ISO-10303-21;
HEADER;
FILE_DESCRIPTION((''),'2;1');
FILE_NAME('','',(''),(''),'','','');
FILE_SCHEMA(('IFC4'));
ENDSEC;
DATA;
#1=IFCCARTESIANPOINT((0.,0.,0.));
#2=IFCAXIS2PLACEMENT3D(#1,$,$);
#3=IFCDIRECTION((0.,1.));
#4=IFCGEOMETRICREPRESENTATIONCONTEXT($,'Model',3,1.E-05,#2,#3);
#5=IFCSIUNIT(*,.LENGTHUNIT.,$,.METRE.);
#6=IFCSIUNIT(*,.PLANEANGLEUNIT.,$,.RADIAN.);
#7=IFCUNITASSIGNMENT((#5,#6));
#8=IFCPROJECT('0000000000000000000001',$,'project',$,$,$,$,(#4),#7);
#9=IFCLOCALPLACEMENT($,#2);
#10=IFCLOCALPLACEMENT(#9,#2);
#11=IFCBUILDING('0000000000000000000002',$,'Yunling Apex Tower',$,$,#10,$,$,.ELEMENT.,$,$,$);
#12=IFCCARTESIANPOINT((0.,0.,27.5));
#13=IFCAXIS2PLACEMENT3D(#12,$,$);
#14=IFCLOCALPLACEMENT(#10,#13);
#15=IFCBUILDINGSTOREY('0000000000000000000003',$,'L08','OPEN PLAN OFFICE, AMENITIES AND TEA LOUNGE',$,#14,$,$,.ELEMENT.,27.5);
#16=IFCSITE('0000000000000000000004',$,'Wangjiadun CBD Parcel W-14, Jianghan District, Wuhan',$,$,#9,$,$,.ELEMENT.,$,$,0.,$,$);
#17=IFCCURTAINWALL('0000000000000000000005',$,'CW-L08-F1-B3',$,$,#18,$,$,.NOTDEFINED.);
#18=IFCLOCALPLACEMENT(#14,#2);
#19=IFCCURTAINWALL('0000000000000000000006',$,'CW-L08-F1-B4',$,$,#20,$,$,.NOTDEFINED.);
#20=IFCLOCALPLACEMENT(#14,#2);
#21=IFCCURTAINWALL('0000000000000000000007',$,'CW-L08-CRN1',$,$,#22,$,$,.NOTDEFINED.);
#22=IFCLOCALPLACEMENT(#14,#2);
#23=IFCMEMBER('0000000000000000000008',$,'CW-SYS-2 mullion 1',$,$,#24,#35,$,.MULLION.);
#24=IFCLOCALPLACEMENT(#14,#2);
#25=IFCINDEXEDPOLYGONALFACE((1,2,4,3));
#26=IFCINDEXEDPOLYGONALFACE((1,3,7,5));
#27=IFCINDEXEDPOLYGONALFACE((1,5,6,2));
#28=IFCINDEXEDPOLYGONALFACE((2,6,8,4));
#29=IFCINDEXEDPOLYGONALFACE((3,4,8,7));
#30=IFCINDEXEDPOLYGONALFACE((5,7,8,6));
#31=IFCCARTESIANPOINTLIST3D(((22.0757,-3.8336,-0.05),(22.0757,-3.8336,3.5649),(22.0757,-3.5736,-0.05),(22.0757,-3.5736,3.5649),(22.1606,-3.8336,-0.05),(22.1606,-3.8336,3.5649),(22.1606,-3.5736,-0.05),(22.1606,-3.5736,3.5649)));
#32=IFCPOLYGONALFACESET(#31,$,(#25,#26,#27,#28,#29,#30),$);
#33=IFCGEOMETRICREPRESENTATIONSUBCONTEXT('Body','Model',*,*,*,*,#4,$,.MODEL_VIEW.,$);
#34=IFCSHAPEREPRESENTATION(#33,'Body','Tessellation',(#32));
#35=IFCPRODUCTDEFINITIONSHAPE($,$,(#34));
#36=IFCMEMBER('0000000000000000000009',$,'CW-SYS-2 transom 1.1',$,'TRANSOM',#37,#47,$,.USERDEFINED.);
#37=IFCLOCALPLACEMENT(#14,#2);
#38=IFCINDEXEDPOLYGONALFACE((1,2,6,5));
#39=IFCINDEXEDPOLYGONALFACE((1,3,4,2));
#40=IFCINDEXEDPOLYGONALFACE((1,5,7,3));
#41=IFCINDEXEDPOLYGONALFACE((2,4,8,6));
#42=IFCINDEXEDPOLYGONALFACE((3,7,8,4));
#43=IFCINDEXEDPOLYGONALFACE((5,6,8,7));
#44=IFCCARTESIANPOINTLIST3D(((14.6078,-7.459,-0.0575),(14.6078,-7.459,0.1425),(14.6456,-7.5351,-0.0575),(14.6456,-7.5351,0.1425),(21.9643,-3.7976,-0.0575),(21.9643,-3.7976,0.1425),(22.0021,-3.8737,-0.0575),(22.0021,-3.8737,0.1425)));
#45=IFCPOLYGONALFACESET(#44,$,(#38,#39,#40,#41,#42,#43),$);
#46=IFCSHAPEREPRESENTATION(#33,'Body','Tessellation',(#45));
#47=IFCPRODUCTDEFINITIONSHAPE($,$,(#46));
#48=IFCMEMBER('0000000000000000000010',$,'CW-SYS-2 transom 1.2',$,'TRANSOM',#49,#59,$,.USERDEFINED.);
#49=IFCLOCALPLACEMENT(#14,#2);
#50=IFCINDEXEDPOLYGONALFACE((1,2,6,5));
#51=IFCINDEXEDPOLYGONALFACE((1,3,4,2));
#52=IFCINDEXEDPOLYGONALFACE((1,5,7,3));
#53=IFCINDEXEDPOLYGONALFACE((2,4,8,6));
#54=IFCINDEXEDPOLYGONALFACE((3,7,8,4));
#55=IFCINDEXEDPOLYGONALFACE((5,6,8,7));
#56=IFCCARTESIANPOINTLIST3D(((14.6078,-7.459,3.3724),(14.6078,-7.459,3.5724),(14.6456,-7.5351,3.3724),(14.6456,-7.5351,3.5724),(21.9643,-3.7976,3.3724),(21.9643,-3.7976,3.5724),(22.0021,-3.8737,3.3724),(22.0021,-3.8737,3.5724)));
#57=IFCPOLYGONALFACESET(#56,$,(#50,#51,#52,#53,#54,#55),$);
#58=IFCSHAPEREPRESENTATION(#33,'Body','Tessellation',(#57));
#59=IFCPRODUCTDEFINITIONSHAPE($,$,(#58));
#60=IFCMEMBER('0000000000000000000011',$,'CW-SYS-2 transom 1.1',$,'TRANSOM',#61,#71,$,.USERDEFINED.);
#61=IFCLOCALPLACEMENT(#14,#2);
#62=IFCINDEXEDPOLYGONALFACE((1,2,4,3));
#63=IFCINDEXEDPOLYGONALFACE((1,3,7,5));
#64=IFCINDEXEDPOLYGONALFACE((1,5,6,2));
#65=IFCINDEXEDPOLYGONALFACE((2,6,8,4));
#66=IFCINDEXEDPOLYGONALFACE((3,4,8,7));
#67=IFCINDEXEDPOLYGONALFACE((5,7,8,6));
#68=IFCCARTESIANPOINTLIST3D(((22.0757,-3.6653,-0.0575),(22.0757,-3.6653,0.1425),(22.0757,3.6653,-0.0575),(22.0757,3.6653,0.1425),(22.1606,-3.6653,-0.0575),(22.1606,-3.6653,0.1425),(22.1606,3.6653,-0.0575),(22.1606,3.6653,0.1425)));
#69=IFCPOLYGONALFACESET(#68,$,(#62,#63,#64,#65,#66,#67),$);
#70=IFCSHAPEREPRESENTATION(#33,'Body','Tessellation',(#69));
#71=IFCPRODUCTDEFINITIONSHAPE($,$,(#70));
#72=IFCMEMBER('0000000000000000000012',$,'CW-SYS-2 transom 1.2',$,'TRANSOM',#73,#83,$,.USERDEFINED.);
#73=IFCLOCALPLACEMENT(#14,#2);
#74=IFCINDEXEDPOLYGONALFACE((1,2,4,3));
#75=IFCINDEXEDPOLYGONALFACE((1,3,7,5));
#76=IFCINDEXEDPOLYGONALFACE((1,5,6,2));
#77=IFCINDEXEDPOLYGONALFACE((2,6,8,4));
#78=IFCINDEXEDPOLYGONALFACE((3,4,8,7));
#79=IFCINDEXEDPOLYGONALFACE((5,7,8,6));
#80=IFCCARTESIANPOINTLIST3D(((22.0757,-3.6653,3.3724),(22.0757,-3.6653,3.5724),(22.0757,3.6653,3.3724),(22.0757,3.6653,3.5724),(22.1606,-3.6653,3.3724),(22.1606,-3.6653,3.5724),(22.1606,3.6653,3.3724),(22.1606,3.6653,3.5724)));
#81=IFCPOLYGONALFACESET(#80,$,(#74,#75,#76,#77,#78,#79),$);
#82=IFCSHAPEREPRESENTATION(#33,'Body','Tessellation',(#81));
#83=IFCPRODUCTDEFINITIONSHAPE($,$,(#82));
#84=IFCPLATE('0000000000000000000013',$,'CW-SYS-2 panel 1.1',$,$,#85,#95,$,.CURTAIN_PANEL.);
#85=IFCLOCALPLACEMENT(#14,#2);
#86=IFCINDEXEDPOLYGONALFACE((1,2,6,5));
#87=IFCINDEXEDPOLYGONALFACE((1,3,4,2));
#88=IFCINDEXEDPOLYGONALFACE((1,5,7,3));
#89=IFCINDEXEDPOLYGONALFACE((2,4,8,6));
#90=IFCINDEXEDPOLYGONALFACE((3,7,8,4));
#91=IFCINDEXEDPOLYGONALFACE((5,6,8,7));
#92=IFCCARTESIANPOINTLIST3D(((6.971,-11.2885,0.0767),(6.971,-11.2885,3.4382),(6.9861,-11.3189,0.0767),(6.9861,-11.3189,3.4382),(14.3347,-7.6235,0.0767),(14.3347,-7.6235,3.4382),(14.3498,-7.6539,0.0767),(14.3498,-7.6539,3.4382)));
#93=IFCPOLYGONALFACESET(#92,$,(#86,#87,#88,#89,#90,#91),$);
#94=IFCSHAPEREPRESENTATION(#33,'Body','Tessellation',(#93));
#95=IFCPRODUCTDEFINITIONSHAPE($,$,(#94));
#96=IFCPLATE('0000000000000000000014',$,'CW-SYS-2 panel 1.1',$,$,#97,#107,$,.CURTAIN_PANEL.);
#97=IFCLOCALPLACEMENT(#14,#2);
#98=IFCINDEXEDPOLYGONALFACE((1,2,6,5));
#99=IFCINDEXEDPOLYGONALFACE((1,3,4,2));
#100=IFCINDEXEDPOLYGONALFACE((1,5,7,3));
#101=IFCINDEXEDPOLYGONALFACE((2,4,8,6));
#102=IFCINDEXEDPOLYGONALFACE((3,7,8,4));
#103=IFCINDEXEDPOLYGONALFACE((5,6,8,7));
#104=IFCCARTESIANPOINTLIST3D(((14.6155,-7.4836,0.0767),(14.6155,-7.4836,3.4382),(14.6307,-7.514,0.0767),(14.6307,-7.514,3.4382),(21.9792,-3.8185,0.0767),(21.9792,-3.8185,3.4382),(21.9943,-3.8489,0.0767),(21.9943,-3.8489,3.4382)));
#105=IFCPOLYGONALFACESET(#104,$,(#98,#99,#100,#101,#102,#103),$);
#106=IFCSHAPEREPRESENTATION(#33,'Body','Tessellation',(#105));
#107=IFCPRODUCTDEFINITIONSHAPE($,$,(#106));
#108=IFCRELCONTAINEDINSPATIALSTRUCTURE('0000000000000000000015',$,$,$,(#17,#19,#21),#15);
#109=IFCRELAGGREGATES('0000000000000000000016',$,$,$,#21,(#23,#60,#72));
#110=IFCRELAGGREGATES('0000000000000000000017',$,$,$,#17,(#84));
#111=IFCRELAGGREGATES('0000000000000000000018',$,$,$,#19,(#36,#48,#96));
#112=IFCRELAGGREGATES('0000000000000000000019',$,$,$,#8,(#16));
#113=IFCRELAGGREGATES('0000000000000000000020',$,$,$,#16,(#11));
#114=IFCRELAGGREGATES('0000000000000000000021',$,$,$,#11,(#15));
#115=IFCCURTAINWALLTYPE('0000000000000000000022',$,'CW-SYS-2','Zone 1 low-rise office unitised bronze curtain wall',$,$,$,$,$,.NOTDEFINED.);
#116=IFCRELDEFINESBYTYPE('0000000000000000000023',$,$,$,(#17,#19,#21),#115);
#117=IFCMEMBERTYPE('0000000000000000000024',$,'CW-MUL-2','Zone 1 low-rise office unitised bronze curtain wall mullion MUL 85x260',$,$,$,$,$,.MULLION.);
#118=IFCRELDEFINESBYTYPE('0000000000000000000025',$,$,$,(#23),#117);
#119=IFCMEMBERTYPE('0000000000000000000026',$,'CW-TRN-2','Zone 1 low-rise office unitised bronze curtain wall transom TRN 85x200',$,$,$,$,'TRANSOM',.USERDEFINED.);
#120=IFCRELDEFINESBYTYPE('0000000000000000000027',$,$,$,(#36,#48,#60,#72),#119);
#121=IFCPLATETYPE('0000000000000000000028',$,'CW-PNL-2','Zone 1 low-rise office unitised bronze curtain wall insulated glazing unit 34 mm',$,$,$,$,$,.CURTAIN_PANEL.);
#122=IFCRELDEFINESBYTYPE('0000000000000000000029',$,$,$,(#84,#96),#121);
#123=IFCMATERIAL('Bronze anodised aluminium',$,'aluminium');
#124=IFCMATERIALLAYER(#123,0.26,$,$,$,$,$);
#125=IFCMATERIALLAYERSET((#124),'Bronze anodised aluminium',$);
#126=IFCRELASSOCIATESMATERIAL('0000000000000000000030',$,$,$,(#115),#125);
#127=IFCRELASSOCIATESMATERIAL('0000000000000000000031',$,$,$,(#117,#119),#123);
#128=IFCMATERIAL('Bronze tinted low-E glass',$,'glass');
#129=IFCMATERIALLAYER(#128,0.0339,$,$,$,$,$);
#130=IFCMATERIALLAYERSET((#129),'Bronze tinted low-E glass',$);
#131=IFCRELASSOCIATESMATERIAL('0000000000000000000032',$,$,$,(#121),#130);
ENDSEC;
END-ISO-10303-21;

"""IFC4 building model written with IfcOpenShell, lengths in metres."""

from ifc_helpers import new_model, si_unit, direction, frame, origin, origin_2d, place, context, subcontext, project, spatial, rectangle, extrude, source, transform, mapped, material, layer, layer_set, material_profile, profile_set, type_object, element, aggregate, save


model = new_model("IFC4")

# Units and contexts
model_context = context("Model", 3, precision=1e-05, world=origin(), true_north=direction((0.0, 1.0)))
body_context = subcontext(model_context, "Body", "Model", "MODEL_VIEW")
ifc_project = project(units=[si_unit("LENGTHUNIT", "METRE"), si_unit("PLANEANGLEUNIT", "RADIAN")], contexts=[model_context])

# Site, building, storey
site_placement = place(None, origin())
site = spatial("IfcSite", under=ifc_project, at=site_placement, Name="Wangjiadun CBD Parcel W-14, Jianghan District, Wuhan", CompositionType="ELEMENT", RefElevation=0.0)
building_placement = place(site_placement, origin())
building = spatial("IfcBuilding", under=site, at=building_placement, Name="Yunling Apex Tower", CompositionType="ELEMENT")
storey_placement = place(building_placement, frame((0.0, 0.0, 27.5)))
storey = spatial("IfcBuildingStorey", under=building, at=storey_placement, Name="L08", Description="OPEN PLAN OFFICE, AMENITIES AND TEA LOUNGE", CompositionType="ELEMENT", Elevation=27.5)

# Curtain wall
ifc_material_1 = material(Name="Bronze anodised aluminium", Category="aluminium")
ifc_layer_1 = layer(ifc_material_1, 0.26)
ifc_layer_set_1 = layer_set([ifc_layer_1], Name="Bronze anodised aluminium")
curtain_wall_type = type_object("IfcCurtainWallType", Name="CW-SYS-2", Description="Zone 1 low-rise office unitised bronze curtain wall", PredefinedType="NOTDEFINED", material=ifc_layer_set_1)
curtain_wall_1_placement = place(storey_placement, origin())
curtain_wall_1 = element("IfcCurtainWall", 1, at=curtain_wall_1_placement, inside=storey, type_object=curtain_wall_type, Name="CW-L08-F1-B3", PredefinedType="NOTDEFINED")
ifc_material_profile_1 = material_profile(ifc_material_1, rectangle(XDim=0.085, YDim=0.26, at=origin_2d()))
ifc_profile_set_1 = profile_set([ifc_material_profile_1], Name="Bronze anodised aluminium")
member_type_1 = type_object("IfcMemberType", Name="CW-MUL-2", Description="Zone 1 low-rise office unitised bronze curtain wall mullion MUL 85x260", PredefinedType="MULLION", material=ifc_profile_set_1)
shared_shape_1 = source(origin(), body_context, "Body", "SweptSolid", [
    extrude(rectangle(XDim=0.085, YDim=0.26, at=origin_2d()), origin(), (0.0, 0.0, 1.0), 3.615),
])

# Curtain wall
curtain_wall_2_placement = place(storey_placement, origin())
curtain_wall_2 = element("IfcCurtainWall", 2, at=curtain_wall_2_placement, inside=storey, type_object=curtain_wall_type, Name="CW-L08-F1-B4", PredefinedType="NOTDEFINED")

# Curtain wall, member
curtain_wall_3_placement = place(storey_placement, origin())
curtain_wall_3 = element("IfcCurtainWall", 3, at=curtain_wall_3_placement, inside=storey, type_object=curtain_wall_type, Name="CW-L08-CRN1", PredefinedType="NOTDEFINED")
member_1_placement = place(storey_placement, frame((22.1182, -3.7036, -0.05), z_axis=(0.0, 0.0, 1.0), x_axis=(-1.0, 0.0, 0.0)))
member_1 = element("IfcMember", 4, at=member_1_placement, type_object=member_type_1, Name="CW-SYS-2 mullion 1", PredefinedType="MULLION", context=body_context, shape_type="MappedRepresentation", body=[
    mapped(shared_shape_1, transform((0.0, 0.0, 0.0), scale=1.0)),
])

# Members
ifc_material_profile_2 = material_profile(ifc_material_1, rectangle(XDim=0.085, YDim=0.2, at=origin_2d()))
ifc_profile_set_2 = profile_set([ifc_material_profile_2], Name="Bronze anodised aluminium")
member_type_2 = type_object("IfcMemberType", Name="CW-TRN-2", Description="Zone 1 low-rise office unitised bronze curtain wall transom TRN 85x200", ElementType="TRANSOM", PredefinedType="USERDEFINED", material=ifc_profile_set_2)
shared_shape_2 = source(origin(), body_context, "Body", "SweptSolid", [
    extrude(rectangle(XDim=0.085, YDim=0.2, at=origin_2d()), origin(), (0.0, 0.0, 1.0), 8.2173),
])
member_2_placement = place(storey_placement, frame((14.6267, -7.4971, 0.0425), z_axis=(0.895246, 0.445573, 0.0), x_axis=(-0.445573, 0.895246, 0.0)))
member_2 = element("IfcMember", 5, at=member_2_placement, type_object=member_type_2, Name="CW-SYS-2 transom 1.1", ObjectType="TRANSOM", PredefinedType="USERDEFINED", context=body_context, shape_type="MappedRepresentation", body=[
    mapped(shared_shape_2, transform((0.0, 0.0, 0.0), scale=1.0)),
])
member_3_placement = place(storey_placement, frame((14.6267, -7.4971, 3.4724), z_axis=(0.895246, 0.445573, 0.0), x_axis=(-0.445573, 0.895246, 0.0)))
member_3 = element("IfcMember", 6, at=member_3_placement, type_object=member_type_2, Name="CW-SYS-2 transom 1.2", ObjectType="TRANSOM", PredefinedType="USERDEFINED", context=body_context, shape_type="MappedRepresentation", body=[
    mapped(shared_shape_2, transform((0.0, 0.0, 0.0), scale=1.0)),
])
shared_shape_3 = source(origin(), body_context, "Body", "SweptSolid", [
    extrude(rectangle(XDim=0.085, YDim=0.2, at=origin_2d()), origin(), (0.0, 0.0, 1.0), 7.3306),
])
member_4_placement = place(storey_placement, frame((22.1182, -3.6653, 0.0425), z_axis=(0.0, 1.0, 0.0), x_axis=(-1.0, 0.0, 0.0)))
member_4 = element("IfcMember", 7, at=member_4_placement, type_object=member_type_2, Name="CW-SYS-2 transom 1.1", ObjectType="TRANSOM", PredefinedType="USERDEFINED", context=body_context, shape_type="MappedRepresentation", body=[
    mapped(shared_shape_3, transform((0.0, 0.0, 0.0), scale=1.0)),
])
member_5_placement = place(storey_placement, frame((22.1182, -3.6653, 3.4724), z_axis=(0.0, 1.0, 0.0), x_axis=(-1.0, 0.0, 0.0)))
member_5 = element("IfcMember", 8, at=member_5_placement, type_object=member_type_2, Name="CW-SYS-2 transom 1.2", ObjectType="TRANSOM", PredefinedType="USERDEFINED", context=body_context, shape_type="MappedRepresentation", body=[
    mapped(shared_shape_3, transform((0.0, 0.0, 0.0), scale=1.0)),
])
aggregate(curtain_wall_3, [member_1, member_4, member_5])

# Plates
ifc_material_2 = material(Name="Bronze tinted low-E glass", Category="glass")
ifc_layer_2 = layer(ifc_material_2, 0.0339)
ifc_layer_set_2 = layer_set([ifc_layer_2], Name="Bronze tinted low-E glass")
plate_type = type_object("IfcPlateType", Name="CW-PNL-2", Description="Zone 1 low-rise office unitised bronze curtain wall insulated glazing unit 34 mm", PredefinedType="CURTAIN_PANEL", material=ifc_layer_set_2)
shared_shape_4 = source(origin(), body_context, "Body", "SweptSolid", [
    extrude(rectangle(XDim=8.2253, YDim=0.0339, at=origin_2d()), origin(), (0.0, 0.0, 1.0), 3.3616),
])
plate_1_placement = place(storey_placement, frame((10.6604, -9.4712, 0.0767), z_axis=(0.0, 0.0, 1.0), x_axis=(0.895247, 0.445571, 0.0)))
plate_1 = element("IfcPlate", 9, at=plate_1_placement, type_object=plate_type, Name="CW-SYS-2 panel 1.1", PredefinedType="CURTAIN_PANEL", context=body_context, shape_type="MappedRepresentation", body=[
    mapped(shared_shape_4, transform((0.0, 0.0, 0.0), scale=1.0)),
])
aggregate(curtain_wall_1, [plate_1])
plate_2_placement = place(storey_placement, frame((18.3049, -5.6663, 0.0767), z_axis=(0.0, 0.0, 1.0), x_axis=(0.895242, 0.44558, 0.0)))
plate_2 = element("IfcPlate", 10, at=plate_2_placement, type_object=plate_type, Name="CW-SYS-2 panel 1.1", PredefinedType="CURTAIN_PANEL", context=body_context, shape_type="MappedRepresentation", body=[
    mapped(shared_shape_4, transform((0.0, 0.0, 0.0), scale=1.0)),
])
aggregate(curtain_wall_2, [member_2, member_3, plate_2])

save(model, "model.ifc")
